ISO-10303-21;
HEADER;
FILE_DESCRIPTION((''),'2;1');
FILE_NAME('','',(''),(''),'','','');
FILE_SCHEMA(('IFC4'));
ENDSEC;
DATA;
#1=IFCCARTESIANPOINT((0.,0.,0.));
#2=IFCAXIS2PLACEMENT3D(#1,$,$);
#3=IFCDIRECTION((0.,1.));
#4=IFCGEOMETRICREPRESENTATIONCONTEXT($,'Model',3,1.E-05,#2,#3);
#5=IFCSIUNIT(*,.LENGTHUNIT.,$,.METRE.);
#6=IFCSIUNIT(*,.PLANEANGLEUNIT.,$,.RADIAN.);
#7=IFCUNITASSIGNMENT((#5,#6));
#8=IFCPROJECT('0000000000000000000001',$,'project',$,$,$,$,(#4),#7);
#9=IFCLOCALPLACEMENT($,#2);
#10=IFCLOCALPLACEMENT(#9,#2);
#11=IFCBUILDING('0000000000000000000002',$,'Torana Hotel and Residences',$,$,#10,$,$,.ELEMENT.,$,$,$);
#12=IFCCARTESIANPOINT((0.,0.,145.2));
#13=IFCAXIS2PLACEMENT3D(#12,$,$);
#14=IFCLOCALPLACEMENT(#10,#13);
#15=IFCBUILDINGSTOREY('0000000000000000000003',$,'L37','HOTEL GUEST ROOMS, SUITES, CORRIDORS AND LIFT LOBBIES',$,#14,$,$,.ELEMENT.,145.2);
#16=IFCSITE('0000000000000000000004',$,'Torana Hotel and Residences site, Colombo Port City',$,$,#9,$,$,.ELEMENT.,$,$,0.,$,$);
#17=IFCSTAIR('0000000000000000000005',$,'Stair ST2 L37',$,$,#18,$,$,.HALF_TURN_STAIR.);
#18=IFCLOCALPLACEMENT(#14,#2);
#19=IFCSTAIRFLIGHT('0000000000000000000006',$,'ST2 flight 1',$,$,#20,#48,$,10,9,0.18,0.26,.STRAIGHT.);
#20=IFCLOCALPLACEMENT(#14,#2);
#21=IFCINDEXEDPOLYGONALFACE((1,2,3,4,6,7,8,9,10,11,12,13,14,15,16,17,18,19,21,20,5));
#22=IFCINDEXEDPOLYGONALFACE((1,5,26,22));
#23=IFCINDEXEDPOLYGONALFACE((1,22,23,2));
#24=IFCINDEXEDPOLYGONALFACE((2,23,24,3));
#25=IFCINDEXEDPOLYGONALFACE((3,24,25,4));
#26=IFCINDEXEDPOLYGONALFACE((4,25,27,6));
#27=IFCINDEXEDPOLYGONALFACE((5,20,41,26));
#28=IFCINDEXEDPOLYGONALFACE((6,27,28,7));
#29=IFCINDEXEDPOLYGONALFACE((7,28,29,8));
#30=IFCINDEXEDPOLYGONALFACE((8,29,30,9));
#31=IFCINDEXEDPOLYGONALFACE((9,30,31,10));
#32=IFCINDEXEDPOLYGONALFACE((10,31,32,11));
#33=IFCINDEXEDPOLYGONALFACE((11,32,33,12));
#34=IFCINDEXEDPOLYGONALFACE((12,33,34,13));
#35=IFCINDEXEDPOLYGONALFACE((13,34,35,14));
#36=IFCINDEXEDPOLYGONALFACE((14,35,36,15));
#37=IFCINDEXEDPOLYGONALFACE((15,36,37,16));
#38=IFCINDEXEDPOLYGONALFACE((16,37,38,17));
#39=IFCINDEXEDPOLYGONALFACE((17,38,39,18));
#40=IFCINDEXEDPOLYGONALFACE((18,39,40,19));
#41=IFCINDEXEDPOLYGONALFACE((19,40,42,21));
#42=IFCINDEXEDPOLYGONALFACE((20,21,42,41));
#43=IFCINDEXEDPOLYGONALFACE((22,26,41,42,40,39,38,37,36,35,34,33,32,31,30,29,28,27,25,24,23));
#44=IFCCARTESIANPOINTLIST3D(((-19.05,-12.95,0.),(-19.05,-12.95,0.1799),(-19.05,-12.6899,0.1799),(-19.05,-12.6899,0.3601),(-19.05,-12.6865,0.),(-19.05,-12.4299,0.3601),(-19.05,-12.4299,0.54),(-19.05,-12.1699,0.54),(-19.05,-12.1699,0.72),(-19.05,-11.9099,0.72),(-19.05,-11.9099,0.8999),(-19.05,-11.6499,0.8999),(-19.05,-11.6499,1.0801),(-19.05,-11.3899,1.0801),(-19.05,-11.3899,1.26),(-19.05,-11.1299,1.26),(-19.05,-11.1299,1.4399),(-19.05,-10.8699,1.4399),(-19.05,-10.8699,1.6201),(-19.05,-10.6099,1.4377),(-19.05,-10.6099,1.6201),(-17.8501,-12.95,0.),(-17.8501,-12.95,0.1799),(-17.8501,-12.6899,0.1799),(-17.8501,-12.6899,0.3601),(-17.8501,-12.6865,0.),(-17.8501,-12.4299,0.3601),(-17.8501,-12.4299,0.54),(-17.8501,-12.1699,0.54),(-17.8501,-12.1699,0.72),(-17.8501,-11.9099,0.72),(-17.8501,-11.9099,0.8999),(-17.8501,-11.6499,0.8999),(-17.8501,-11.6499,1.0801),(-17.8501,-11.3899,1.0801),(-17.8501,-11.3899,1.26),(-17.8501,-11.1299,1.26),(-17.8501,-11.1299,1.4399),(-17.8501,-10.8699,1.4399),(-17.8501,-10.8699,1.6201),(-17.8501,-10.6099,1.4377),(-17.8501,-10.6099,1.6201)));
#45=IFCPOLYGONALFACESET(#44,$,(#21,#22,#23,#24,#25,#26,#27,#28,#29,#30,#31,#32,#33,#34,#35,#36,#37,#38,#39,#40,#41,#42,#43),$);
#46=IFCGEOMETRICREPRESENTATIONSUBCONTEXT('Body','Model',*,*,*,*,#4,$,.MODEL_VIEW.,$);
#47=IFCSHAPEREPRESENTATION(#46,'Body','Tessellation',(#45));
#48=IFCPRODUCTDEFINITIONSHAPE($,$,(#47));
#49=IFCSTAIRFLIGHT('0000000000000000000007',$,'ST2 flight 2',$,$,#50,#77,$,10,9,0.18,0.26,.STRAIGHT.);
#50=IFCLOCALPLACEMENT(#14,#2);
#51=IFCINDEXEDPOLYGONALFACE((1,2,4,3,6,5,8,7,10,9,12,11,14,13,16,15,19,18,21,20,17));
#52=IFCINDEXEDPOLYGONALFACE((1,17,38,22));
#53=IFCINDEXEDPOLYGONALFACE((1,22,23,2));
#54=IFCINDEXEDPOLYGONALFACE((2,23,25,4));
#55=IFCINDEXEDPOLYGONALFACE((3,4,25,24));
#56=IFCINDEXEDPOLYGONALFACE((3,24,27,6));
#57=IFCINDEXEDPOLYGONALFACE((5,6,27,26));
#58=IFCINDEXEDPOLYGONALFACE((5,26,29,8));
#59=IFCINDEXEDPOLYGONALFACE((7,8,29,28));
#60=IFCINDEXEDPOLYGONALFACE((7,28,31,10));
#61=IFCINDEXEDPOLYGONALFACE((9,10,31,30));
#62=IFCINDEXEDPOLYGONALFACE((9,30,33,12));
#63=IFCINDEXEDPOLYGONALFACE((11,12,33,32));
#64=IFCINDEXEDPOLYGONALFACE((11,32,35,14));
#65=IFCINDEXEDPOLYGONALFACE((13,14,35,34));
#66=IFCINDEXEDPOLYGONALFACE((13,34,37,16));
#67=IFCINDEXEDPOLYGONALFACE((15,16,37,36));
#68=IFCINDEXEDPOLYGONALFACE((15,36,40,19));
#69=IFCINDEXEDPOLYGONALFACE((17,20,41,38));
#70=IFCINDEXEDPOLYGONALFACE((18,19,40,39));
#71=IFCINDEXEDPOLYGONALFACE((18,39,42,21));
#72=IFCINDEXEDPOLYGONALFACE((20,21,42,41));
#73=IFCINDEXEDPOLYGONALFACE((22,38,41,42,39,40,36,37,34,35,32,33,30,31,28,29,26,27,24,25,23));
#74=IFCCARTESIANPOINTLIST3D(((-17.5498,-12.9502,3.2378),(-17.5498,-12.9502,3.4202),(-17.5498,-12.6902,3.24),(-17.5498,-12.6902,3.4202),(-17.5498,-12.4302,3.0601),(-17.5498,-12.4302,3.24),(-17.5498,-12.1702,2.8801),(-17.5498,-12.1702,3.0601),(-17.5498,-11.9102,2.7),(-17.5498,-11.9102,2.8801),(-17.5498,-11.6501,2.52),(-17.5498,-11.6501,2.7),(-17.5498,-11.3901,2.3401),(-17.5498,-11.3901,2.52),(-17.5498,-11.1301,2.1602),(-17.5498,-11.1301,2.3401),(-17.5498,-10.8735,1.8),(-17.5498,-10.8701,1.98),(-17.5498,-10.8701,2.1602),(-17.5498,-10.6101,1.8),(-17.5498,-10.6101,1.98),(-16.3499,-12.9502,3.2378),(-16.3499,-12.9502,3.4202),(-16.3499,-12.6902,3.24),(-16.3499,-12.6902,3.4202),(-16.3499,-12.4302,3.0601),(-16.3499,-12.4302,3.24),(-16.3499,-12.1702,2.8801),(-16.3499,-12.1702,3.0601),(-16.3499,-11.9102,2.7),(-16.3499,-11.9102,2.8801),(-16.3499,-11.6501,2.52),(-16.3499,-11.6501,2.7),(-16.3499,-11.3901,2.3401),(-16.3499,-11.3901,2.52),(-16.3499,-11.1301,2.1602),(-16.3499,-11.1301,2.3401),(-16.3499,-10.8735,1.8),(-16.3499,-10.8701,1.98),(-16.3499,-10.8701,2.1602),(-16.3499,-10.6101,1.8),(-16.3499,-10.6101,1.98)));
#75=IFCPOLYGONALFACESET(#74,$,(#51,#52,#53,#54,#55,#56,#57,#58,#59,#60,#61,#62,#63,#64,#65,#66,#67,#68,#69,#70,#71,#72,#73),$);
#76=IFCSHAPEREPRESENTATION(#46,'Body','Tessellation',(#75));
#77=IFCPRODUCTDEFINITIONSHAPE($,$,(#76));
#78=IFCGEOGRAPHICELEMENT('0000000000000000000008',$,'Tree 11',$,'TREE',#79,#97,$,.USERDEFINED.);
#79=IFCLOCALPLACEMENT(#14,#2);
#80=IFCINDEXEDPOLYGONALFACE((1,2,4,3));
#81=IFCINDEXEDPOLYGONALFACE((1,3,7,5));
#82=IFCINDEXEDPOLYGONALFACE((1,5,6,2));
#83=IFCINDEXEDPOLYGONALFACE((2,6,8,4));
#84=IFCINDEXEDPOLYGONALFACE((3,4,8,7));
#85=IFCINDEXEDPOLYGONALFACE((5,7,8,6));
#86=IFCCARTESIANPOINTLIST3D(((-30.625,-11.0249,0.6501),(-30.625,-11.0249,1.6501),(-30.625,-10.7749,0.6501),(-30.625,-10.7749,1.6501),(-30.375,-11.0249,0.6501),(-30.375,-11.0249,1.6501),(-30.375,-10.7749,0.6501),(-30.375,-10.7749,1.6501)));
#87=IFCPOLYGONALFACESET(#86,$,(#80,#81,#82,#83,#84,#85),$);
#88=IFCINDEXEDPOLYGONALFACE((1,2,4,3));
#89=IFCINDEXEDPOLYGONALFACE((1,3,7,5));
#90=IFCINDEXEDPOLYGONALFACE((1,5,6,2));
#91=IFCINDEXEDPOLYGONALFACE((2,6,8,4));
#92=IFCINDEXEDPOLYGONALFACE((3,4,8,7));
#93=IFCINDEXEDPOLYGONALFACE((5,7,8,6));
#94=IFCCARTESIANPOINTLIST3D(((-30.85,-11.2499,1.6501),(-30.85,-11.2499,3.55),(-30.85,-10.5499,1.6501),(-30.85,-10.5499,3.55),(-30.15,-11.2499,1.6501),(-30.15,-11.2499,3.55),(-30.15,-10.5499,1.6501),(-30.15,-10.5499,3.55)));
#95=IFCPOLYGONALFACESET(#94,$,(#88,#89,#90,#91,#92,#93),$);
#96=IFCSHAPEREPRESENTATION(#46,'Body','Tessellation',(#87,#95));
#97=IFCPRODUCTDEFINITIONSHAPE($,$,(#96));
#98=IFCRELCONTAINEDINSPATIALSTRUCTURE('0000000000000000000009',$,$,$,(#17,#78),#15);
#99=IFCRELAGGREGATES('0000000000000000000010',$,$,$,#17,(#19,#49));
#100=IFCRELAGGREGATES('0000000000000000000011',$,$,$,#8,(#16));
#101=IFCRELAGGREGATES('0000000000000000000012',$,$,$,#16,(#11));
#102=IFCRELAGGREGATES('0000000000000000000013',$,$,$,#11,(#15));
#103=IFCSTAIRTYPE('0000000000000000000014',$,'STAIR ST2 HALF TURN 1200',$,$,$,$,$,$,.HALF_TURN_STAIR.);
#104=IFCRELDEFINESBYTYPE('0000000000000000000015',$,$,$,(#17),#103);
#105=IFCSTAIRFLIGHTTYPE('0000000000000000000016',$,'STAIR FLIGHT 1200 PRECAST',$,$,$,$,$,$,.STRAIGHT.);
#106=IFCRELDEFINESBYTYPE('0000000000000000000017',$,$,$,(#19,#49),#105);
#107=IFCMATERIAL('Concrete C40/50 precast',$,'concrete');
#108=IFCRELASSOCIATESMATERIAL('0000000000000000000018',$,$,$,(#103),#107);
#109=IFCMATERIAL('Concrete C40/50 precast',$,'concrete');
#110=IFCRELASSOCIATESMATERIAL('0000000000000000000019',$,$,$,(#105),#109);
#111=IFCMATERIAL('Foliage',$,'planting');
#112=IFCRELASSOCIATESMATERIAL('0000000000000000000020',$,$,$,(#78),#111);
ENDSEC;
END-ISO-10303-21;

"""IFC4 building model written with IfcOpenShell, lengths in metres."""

from ifc_helpers import new_model, si_unit, direction, frame, origin, origin_2d, place, context, subcontext, project, spatial, polyline, rectangle, outline, extrude, material, type_object, element, aggregate, save


model = new_model("IFC4")

# Units and contexts
model_context = context("Model", 3, precision=1e-05, world=origin(), true_north=direction((0.0, 1.0)))
body_context = subcontext(model_context, "Body", "Model", "MODEL_VIEW")
ifc_project = project(units=[si_unit("LENGTHUNIT", "METRE"), si_unit("PLANEANGLEUNIT", "RADIAN")], contexts=[model_context])

# Site, building, storey
site_placement = place(None, origin())
site = spatial("IfcSite", under=ifc_project, at=site_placement, Name="Torana Hotel and Residences site, Colombo Port City", CompositionType="ELEMENT", RefElevation=0.0)
building_placement = place(site_placement, origin())
building = spatial("IfcBuilding", under=site, at=building_placement, Name="Torana Hotel and Residences", CompositionType="ELEMENT")
storey_placement = place(building_placement, frame((0.0, 0.0, 145.2)))
storey = spatial("IfcBuildingStorey", under=building, at=storey_placement, Name="L37", Description="HOTEL GUEST ROOMS, SUITES, CORRIDORS AND LIFT LOBBIES", CompositionType="ELEMENT", Elevation=145.2)

# Stair, stair flights
ifc_material_1 = material(Name="Concrete C40/50 precast", Category="concrete")
stair_type = type_object("IfcStairType", Name="STAIR ST2 HALF TURN 1200", PredefinedType="HALF_TURN_STAIR", material=ifc_material_1)
stair_placement = place(storey_placement, origin())
stair = element("IfcStair", 1, at=stair_placement, inside=storey, type_object=stair_type, Name="Stair ST2 L37", PredefinedType="HALF_TURN_STAIR")
ifc_material_2 = material(Name="Concrete C40/50 precast", Category="concrete")
stair_flight_type = type_object("IfcStairFlightType", Name="STAIR FLIGHT 1200 PRECAST", PredefinedType="STRAIGHT", material=ifc_material_2)
stair_flight_1_placement = place(storey_placement, frame((-18.45, -12.95, 0.0), z_axis=(0.0, 0.0, 1.0), x_axis=(0.0, 1.0, 0.0)))
stair_flight_1 = element("IfcStairFlight", 2, at=stair_flight_1_placement, type_object=stair_flight_type, Name="ST2 flight 1", NumberOfRisers=10, NumberOfTreads=9, PredefinedType="STRAIGHT", RiserHeight=0.18, TreadLength=0.26, context=body_context, shape_type="SweptSolid", body=[
    extrude(outline(polyline([(0.0, 0.0), (0.0, 0.1799), (0.26, 0.1799), (0.26, 0.3601), (0.52, 0.3601), (0.52, 0.54), (0.78, 0.54), (0.78, 0.72), (1.04, 0.72), (1.04, 0.8999), (1.3, 0.8999), (1.3, 1.0801), (1.5601, 1.0801), (1.5601, 1.26), (1.8201, 1.26), (1.8201, 1.4399), (2.0801, 1.4399), (2.0801, 1.6201), (2.3401, 1.6201), (2.3401, 1.8), (2.3401, 1.4377), (0.2634, 0.0), (0.0, 0.0)])), frame((0.0, 0.6001, 0.0), z_axis=(0.0, -1.0, 0.0), x_axis=(1.0, 0.0, 0.0)), (0.0, 0.0, 1.0), 1.2),
])
stair_flight_2_placement = place(storey_placement, frame((-16.95, -10.6101, 1.8), z_axis=(0.0, 0.0, 1.0), x_axis=(0.0, -1.0, 0.0)))
stair_flight_2 = element("IfcStairFlight", 3, at=stair_flight_2_placement, type_object=stair_flight_type, Name="ST2 flight 2", NumberOfRisers=10, NumberOfTreads=9, PredefinedType="STRAIGHT", RiserHeight=0.18, TreadLength=0.26, context=body_context, shape_type="SweptSolid", body=[
    extrude(outline(polyline([(0.0, 0.0), (0.0, 0.1799), (0.26, 0.1799), (0.26, 0.3601), (0.52, 0.3601), (0.52, 0.54), (0.78, 0.54), (0.78, 0.72), (1.04, 0.72), (1.04, 0.8999), (1.3, 0.8999), (1.3, 1.0801), (1.5601, 1.0801), (1.5601, 1.26), (1.8201, 1.26), (1.8201, 1.4399), (2.0801, 1.4399), (2.0801, 1.6201), (2.3401, 1.6201), (2.3401, 1.8), (2.3401, 1.4377), (0.2634, 0.0), (0.0, 0.0)])), frame((0.0, 0.6001, 0.0), z_axis=(0.0, -1.0, 0.0), x_axis=(1.0, 0.0, 0.0)), (0.0, 0.0, 1.0), 1.2),
])
aggregate(stair, [stair_flight_1, stair_flight_2])

# Geographic element
ifc_material_3 = material(Name="Foliage", Category="planting")
geographic_element_placement = place(storey_placement, frame((-30.5, -10.8999, 0.6501), z_axis=(0.0, 0.0, 1.0), x_axis=(1.0, 0.0, 0.0)))
element("IfcGeographicElement", 4, at=geographic_element_placement, inside=storey, material=ifc_material_3, Name="Tree 11", ObjectType="TREE", PredefinedType="USERDEFINED", context=body_context, shape_type="SweptSolid", body=[
    extrude(rectangle(XDim=0.25, YDim=0.25, at=origin_2d()), origin(), (0.0, 0.0, 1.0), 1.0),
    extrude(rectangle(XDim=0.7, YDim=0.7, at=origin_2d()), frame((0.0, 0.0, 1.0)), (0.0, 0.0, 1.0), 1.8999),
])

save(model, "model.ifc")
